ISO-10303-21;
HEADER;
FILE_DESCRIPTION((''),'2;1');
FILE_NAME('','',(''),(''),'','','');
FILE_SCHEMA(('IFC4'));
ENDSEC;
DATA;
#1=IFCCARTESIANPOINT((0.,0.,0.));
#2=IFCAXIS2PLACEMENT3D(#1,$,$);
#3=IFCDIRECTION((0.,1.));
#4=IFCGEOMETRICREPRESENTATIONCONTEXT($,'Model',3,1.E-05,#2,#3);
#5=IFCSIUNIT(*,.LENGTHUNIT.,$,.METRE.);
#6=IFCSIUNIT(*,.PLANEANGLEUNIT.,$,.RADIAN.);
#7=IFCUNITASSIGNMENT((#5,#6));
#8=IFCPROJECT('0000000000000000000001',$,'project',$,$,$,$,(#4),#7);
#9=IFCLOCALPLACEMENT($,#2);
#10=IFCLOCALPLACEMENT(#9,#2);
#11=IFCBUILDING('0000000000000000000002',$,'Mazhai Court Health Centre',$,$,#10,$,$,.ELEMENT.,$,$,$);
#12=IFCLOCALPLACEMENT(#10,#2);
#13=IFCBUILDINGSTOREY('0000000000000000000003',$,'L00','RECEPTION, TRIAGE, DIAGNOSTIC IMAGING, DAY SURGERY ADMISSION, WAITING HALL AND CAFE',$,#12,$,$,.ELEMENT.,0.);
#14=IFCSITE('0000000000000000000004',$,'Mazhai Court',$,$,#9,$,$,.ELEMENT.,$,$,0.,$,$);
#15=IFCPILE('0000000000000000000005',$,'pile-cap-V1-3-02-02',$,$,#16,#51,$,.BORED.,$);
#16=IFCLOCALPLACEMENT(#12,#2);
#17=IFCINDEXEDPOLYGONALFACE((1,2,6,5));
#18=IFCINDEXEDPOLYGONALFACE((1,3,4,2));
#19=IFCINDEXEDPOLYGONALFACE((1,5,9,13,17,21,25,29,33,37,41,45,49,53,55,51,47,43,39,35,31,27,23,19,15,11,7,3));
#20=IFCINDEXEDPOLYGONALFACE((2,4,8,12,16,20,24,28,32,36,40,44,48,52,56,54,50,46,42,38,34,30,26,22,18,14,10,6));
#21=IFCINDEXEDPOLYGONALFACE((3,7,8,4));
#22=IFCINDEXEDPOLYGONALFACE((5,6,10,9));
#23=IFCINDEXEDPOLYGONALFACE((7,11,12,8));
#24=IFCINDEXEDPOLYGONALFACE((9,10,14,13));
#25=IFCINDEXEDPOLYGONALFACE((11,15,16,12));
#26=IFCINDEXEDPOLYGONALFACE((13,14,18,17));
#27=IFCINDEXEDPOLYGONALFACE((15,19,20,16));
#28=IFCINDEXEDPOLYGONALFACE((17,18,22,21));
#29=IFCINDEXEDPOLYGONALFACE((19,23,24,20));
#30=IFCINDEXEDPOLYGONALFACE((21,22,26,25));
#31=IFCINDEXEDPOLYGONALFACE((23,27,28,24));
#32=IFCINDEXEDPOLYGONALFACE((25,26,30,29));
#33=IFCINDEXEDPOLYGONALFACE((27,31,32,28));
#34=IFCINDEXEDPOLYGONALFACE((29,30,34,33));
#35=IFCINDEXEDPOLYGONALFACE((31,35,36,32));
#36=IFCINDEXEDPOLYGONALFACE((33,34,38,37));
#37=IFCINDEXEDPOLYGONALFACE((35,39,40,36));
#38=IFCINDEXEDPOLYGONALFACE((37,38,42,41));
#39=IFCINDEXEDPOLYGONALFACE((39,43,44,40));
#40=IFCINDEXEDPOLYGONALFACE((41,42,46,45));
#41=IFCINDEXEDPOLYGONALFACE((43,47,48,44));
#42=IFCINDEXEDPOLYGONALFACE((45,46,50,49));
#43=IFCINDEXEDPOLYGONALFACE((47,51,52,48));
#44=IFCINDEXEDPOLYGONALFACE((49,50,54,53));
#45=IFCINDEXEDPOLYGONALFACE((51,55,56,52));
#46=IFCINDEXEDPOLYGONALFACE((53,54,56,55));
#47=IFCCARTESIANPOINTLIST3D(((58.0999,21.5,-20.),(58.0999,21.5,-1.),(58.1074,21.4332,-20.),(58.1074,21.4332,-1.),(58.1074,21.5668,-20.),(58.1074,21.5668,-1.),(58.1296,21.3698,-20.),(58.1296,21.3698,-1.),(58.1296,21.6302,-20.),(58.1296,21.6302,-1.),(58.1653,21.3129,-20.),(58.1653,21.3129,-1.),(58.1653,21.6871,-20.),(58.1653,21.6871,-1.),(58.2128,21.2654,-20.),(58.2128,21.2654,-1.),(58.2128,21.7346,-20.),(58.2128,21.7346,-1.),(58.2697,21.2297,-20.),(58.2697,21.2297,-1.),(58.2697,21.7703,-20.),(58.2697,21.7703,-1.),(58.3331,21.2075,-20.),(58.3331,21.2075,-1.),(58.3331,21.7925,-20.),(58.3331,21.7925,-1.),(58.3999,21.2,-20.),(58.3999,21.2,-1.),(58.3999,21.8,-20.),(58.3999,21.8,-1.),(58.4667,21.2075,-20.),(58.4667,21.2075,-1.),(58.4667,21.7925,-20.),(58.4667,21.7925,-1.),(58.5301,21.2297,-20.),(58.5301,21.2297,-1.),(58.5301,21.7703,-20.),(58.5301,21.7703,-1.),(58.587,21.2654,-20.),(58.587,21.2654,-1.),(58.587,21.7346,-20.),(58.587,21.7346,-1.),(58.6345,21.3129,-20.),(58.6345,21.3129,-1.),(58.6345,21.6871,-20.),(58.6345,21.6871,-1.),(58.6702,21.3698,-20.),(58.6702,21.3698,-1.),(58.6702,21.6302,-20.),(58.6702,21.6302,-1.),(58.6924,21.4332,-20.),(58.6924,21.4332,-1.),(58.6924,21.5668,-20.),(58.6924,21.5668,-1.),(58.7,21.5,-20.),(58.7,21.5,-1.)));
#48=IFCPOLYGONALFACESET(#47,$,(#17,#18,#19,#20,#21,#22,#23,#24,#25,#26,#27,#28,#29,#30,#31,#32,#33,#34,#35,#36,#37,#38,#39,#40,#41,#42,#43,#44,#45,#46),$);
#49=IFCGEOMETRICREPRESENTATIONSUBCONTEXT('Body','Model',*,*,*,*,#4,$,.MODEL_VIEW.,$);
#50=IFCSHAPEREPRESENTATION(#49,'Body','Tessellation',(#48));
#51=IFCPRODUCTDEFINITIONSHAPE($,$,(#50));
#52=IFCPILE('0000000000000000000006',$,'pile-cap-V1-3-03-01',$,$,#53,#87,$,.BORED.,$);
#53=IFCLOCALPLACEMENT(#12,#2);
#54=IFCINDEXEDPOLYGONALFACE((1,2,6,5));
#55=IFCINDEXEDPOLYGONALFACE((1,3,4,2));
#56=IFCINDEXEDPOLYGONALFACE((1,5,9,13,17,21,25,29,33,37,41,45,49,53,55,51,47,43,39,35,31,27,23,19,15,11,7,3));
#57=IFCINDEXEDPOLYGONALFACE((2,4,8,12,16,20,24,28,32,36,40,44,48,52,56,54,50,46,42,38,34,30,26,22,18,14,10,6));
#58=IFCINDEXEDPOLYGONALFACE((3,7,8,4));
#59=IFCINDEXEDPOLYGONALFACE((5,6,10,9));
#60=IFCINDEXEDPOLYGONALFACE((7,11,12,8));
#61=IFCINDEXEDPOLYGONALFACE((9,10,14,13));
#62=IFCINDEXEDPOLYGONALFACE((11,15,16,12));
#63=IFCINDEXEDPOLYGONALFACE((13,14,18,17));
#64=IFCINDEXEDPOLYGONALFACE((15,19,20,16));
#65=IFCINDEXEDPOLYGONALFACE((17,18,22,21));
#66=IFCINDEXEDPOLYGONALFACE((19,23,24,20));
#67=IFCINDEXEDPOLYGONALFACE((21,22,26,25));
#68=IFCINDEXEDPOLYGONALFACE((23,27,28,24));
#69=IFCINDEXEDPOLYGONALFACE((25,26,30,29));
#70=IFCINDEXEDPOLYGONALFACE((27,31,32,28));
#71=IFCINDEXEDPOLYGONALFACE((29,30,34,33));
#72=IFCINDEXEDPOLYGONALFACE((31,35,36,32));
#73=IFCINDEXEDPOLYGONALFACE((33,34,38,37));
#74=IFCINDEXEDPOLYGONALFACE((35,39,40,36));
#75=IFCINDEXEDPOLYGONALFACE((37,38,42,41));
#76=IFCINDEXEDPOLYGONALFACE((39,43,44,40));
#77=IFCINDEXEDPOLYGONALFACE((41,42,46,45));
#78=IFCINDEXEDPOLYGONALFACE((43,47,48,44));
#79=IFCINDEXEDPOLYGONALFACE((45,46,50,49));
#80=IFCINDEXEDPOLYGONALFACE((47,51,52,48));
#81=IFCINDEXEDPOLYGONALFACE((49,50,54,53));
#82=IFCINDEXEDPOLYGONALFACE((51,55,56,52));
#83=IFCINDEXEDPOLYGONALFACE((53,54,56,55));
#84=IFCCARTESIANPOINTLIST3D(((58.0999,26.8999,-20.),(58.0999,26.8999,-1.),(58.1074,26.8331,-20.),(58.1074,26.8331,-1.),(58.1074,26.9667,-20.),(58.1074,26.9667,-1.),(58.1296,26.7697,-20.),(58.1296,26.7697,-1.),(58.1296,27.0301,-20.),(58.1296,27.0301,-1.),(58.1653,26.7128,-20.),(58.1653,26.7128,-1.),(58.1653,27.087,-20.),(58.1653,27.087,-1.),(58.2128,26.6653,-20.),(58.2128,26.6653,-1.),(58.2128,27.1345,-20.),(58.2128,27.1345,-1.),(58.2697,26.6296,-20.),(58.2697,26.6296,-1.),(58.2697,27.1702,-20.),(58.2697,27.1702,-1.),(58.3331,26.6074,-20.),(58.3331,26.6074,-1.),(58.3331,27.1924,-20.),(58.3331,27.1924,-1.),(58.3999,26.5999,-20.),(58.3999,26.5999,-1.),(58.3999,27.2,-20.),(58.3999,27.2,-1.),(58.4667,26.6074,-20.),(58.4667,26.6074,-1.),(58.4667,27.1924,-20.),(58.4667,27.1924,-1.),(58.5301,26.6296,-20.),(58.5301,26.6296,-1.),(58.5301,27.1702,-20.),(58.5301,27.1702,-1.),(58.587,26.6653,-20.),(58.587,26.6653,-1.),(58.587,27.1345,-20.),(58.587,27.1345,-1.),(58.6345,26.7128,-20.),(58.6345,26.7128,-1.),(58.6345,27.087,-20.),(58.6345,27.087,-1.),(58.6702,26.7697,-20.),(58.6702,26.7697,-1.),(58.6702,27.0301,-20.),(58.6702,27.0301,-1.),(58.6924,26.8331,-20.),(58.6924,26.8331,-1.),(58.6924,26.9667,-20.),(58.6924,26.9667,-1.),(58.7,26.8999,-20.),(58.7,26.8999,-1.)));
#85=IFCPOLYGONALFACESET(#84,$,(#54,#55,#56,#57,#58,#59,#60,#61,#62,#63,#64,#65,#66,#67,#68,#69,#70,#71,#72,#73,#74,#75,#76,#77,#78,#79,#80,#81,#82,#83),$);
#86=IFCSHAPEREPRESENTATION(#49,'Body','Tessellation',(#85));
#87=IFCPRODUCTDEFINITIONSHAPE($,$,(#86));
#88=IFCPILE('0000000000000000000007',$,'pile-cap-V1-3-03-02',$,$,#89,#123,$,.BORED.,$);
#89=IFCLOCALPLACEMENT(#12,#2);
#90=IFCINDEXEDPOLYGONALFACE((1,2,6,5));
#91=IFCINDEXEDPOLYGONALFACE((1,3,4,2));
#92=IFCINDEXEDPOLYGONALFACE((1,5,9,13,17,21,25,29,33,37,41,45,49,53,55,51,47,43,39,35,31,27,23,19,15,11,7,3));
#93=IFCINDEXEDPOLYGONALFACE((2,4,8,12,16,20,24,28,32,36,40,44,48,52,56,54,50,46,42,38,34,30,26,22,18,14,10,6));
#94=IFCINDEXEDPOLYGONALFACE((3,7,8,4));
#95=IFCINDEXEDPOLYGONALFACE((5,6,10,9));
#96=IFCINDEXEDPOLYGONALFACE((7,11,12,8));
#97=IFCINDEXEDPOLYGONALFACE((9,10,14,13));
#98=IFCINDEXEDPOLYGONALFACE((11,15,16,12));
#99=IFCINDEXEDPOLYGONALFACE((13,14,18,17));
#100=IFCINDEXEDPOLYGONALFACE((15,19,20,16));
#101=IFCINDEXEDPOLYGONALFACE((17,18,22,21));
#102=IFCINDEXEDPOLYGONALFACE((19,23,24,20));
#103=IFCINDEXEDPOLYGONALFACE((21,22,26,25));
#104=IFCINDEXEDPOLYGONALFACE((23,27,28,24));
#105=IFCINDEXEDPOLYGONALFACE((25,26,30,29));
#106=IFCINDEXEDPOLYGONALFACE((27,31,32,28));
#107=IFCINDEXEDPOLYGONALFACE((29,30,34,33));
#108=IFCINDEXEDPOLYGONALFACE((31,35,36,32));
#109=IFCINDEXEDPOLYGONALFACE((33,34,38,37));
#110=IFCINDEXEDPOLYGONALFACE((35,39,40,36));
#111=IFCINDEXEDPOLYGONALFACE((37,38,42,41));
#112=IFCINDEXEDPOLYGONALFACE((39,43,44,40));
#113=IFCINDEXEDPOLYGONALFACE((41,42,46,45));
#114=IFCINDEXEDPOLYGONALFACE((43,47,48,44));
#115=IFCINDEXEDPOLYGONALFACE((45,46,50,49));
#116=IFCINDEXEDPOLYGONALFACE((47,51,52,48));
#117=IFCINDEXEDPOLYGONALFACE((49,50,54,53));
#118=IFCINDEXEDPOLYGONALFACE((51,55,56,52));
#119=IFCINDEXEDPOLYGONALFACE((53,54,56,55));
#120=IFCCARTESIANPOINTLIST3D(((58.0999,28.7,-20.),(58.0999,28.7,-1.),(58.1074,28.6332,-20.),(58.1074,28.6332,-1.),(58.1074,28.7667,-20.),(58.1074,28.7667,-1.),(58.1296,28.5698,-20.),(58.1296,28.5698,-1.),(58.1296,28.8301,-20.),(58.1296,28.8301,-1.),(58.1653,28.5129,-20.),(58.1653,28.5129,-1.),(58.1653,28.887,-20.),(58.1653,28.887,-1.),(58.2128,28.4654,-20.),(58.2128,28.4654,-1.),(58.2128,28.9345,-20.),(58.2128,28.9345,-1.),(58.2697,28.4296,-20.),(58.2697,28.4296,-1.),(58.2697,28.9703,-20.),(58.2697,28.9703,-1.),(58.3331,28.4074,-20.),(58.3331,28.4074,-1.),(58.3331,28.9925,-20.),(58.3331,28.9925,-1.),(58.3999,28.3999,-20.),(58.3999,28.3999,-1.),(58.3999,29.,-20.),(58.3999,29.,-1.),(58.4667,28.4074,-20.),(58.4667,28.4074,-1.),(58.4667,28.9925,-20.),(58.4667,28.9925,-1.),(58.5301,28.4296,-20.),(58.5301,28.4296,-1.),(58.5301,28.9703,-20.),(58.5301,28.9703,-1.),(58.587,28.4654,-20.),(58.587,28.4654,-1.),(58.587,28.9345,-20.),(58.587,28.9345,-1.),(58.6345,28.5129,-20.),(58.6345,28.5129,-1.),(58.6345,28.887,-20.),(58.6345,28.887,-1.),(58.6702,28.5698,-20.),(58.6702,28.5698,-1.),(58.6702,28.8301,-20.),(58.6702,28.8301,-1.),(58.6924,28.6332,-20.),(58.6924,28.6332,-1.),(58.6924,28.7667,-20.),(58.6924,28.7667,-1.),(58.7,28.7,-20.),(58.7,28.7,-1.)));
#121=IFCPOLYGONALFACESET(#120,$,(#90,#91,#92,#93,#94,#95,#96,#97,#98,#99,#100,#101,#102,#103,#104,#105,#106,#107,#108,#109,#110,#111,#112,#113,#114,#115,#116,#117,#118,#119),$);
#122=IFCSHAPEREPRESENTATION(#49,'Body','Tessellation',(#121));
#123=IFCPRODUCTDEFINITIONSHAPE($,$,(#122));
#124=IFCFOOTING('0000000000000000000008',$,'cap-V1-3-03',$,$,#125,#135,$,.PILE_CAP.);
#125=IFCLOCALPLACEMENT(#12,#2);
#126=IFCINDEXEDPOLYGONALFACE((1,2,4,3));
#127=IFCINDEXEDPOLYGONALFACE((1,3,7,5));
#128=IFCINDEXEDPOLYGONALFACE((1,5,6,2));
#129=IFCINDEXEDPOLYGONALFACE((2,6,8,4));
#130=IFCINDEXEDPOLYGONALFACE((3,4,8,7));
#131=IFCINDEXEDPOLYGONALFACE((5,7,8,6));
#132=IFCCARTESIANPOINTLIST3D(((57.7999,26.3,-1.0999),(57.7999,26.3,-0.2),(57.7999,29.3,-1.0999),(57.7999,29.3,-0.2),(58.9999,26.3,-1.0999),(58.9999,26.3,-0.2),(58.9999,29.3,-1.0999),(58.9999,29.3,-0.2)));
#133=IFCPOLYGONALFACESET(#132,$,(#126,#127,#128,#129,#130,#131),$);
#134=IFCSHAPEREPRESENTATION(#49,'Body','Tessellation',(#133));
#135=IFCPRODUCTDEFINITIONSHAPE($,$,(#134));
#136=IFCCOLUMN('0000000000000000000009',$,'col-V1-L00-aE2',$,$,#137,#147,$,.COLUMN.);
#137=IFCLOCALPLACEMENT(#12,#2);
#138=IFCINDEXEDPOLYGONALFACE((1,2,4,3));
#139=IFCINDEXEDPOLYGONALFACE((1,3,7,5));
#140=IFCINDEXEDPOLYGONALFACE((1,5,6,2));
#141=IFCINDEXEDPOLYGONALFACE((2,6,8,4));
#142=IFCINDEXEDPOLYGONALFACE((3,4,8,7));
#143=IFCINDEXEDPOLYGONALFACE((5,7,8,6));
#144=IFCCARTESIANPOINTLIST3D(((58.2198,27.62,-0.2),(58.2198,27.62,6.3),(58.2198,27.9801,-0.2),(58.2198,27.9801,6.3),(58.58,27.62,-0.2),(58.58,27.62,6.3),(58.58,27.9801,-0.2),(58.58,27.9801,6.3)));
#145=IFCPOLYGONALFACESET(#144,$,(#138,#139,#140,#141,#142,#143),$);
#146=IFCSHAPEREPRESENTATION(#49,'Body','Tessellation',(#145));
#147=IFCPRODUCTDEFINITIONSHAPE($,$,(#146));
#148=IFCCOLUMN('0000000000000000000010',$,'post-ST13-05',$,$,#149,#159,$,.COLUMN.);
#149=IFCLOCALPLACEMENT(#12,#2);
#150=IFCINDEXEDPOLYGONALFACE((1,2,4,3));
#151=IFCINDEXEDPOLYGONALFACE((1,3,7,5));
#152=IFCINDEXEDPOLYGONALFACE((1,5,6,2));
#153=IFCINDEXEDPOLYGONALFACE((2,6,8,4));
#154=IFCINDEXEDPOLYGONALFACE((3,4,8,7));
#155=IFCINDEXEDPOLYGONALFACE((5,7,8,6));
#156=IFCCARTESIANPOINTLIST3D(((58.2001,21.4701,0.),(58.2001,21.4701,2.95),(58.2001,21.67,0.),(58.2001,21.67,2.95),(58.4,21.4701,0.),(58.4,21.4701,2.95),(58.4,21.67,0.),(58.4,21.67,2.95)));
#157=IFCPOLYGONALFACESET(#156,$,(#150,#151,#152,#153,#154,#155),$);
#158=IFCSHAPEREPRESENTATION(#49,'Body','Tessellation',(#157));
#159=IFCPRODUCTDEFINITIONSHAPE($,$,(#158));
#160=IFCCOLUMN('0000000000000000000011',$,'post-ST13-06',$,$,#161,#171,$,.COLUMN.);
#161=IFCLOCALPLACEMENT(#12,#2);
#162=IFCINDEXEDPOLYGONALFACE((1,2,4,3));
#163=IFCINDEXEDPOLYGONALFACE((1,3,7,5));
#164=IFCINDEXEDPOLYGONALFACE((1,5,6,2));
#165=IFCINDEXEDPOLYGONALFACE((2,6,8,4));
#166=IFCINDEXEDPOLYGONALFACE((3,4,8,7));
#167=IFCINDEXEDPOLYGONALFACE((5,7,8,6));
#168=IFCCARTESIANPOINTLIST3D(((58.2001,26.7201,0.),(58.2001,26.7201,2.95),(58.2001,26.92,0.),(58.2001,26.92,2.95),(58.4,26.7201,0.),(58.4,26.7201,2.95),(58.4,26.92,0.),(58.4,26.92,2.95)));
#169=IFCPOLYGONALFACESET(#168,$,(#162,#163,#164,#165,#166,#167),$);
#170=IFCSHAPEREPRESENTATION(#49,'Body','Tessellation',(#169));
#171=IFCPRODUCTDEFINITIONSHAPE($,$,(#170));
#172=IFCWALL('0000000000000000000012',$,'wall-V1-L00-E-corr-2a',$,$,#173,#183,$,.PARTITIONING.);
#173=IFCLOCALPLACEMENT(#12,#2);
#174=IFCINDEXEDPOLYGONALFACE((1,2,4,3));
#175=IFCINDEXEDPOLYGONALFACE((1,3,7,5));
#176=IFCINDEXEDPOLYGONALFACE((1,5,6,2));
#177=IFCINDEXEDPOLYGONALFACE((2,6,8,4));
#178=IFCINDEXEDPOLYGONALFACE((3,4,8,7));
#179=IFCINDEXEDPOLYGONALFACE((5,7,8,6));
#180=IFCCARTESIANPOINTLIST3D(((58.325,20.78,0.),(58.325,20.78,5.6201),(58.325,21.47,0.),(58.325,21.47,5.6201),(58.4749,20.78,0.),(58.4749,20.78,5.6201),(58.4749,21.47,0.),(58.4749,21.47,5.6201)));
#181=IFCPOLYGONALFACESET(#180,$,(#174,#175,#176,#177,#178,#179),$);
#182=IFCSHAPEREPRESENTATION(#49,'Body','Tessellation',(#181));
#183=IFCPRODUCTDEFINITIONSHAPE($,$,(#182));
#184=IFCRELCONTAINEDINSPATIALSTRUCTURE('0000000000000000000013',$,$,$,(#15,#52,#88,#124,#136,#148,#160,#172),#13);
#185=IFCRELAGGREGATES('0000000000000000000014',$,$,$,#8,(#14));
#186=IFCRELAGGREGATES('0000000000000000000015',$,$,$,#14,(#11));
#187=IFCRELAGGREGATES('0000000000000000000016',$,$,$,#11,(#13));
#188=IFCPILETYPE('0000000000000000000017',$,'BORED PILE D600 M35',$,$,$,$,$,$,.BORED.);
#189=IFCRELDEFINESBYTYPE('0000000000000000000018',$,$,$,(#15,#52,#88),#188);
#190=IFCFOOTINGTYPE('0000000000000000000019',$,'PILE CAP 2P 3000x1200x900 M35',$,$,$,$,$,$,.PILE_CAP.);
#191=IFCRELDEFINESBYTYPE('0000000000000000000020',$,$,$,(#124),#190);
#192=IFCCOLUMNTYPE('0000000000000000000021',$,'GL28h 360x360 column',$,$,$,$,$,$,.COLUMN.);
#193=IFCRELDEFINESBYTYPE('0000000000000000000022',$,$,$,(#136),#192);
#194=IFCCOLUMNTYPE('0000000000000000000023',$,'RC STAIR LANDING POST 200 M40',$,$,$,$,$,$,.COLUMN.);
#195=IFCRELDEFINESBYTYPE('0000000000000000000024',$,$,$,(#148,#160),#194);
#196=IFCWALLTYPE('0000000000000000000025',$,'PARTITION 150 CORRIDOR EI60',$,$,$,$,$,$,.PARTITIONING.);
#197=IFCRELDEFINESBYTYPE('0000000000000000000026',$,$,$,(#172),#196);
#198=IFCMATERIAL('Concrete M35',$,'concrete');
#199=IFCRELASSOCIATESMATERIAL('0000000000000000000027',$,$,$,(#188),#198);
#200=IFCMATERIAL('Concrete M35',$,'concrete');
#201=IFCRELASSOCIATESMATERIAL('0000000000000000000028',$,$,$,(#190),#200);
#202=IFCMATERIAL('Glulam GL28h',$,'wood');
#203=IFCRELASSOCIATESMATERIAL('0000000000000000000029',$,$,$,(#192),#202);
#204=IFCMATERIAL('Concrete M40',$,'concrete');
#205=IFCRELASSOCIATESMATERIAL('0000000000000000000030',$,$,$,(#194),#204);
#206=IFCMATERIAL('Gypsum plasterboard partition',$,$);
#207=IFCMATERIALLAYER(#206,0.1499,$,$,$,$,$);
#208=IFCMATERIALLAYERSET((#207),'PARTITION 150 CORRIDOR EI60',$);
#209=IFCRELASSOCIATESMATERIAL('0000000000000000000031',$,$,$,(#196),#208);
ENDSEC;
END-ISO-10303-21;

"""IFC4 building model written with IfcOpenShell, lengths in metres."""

from ifc_helpers import new_model, si_unit, direction, frame, frame_2d, origin, origin_2d, place, context, subcontext, project, spatial, rectangle, circle, extrude, material, layer, layer_set, material_profile, profile_set, type_object, element, save


model = new_model("IFC4")

# Units and contexts
model_context = context("Model", 3, precision=1e-05, world=origin(), true_north=direction((0.0, 1.0)))
body_context = subcontext(model_context, "Body", "Model", "MODEL_VIEW")
ifc_project = project(units=[si_unit("LENGTHUNIT", "METRE"), si_unit("PLANEANGLEUNIT", "RADIAN")], contexts=[model_context])

# Site, building, storey
site_placement = place(None, origin())
site = spatial("IfcSite", under=ifc_project, at=site_placement, Name="Mazhai Court", CompositionType="ELEMENT", RefElevation=0.0)
building_placement = place(site_placement, origin())
building = spatial("IfcBuilding", under=site, at=building_placement, Name="Mazhai Court Health Centre", CompositionType="ELEMENT")
storey_placement = place(building_placement, origin())
storey = spatial("IfcBuildingStorey", under=building, at=storey_placement, Name="L00", Description="RECEPTION, TRIAGE, DIAGNOSTIC IMAGING, DAY SURGERY ADMISSION, WAITING HALL AND CAFE", CompositionType="ELEMENT", Elevation=0.0)

# Piles
ifc_material_1 = material(Name="Concrete M35", Category="concrete")
ifc_material_profile_1 = material_profile(ifc_material_1, circle(Radius=0.3, at=origin_2d()), Name="RC PILE D600")
ifc_profile_set_1 = profile_set([ifc_material_profile_1], Name="Concrete M35")
pile_type = type_object("IfcPileType", Name="BORED PILE D600 M35", PredefinedType="BORED", material=ifc_profile_set_1)
for number, where, z_axis, x_axis, name in (
    (1, (58.3999, 21.5, -1.0), (0.0, 0.0, -1.0), (1.0, 0.0, 0.0), "pile-cap-V1-3-02-02"),
    (2, (58.3999, 26.8999, -1.0), (0.0, 0.0, -1.0), (1.0, 0.0, 0.0), "pile-cap-V1-3-03-01"),
    (3, (58.3999, 28.7, -1.0), (0.0, 0.0, -1.0), (1.0, 0.0, 0.0), "pile-cap-V1-3-03-02"),
):
    element("IfcPile", number, at=place(storey_placement, frame(where, z_axis=z_axis, x_axis=x_axis)), inside=storey, type_object=pile_type, Name=name, PredefinedType="BORED", context=body_context, shape_type="SweptSolid", body=[
        extrude(circle(Radius=0.3, at=origin_2d()), origin(), (0.0, 0.0, 1.0), 19.0),
    ])

# Footing
ifc_material_2 = material(Name="Concrete M35", Category="concrete")
footing_type = type_object("IfcFootingType", Name="PILE CAP 2P 3000x1200x900 M35", PredefinedType="PILE_CAP", material=ifc_material_2)
footing_placement = place(storey_placement, frame((58.3999, 27.8, -1.0999), z_axis=(0.0, 0.0, 1.0), x_axis=(1.0, 0.0, 0.0)))
element("IfcFooting", 4, at=footing_placement, inside=storey, type_object=footing_type, Name="cap-V1-3-03", PredefinedType="PILE_CAP", context=body_context, shape_type="SweptSolid", body=[
    extrude(rectangle(XDim=1.2, YDim=3.0, at=origin_2d()), origin(), (0.0, 0.0, 1.0), 0.8999),
])

# Columns
ifc_material_3 = material(Name="Glulam GL28h", Category="wood")
ifc_material_profile_2 = material_profile(ifc_material_3, rectangle(XDim=0.3601, YDim=0.3601, at=origin_2d()), Name="GL28h 360x360")
ifc_profile_set_2 = profile_set([ifc_material_profile_2], Name="Glulam GL28h")
column_type_1 = type_object("IfcColumnType", Name="GL28h 360x360 column", PredefinedType="COLUMN", material=ifc_profile_set_2)
column_placement = place(storey_placement, frame((58.3999, 27.8, -0.2), z_axis=(0.0, 0.0, 1.0), x_axis=(1.0, 0.0, 0.0)))
element("IfcColumn", 5, at=column_placement, inside=storey, type_object=column_type_1, Name="col-V1-L00-aE2", PredefinedType="COLUMN", context=body_context, shape_type="SweptSolid", body=[
    extrude(rectangle(XDim=0.3601, YDim=0.3601, at=origin_2d()), origin(), (0.0, 0.0, 1.0), 6.5),
])
ifc_material_4 = material(Name="Concrete M40", Category="concrete")
ifc_material_profile_3 = material_profile(ifc_material_4, rectangle(XDim=0.2, YDim=0.2, at=origin_2d()), Name="RC 200x200")
ifc_profile_set_3 = profile_set([ifc_material_profile_3], Name="Concrete M40")
column_type_2 = type_object("IfcColumnType", Name="RC STAIR LANDING POST 200 M40", PredefinedType="COLUMN", material=ifc_profile_set_3)
for number, where, z_axis, x_axis, name in (
    (6, (58.3, 21.5701, 0.0), (0.0, 0.0, 1.0), (1.0, 0.0, 0.0), "post-ST13-05"),
    (7, (58.3, 26.8201, 0.0), (0.0, 0.0, 1.0), (1.0, 0.0, 0.0), "post-ST13-06"),
):
    element("IfcColumn", number, at=place(storey_placement, frame(where, z_axis=z_axis, x_axis=x_axis)), inside=storey, type_object=column_type_2, Name=name, PredefinedType="COLUMN", context=body_context, shape_type="SweptSolid", body=[
        extrude(rectangle(XDim=0.2, YDim=0.2, at=origin_2d()), origin(), (0.0, 0.0, 1.0), 2.95),
    ])

# Wall
ifc_material_5 = material(Name="Gypsum plasterboard partition")
ifc_layer = layer(ifc_material_5, 0.1499)
ifc_layer_set = layer_set([ifc_layer], Name="PARTITION 150 CORRIDOR EI60")
wall_type = type_object("IfcWallType", Name="PARTITION 150 CORRIDOR EI60", PredefinedType="PARTITIONING", material=ifc_layer_set)
wall_1_placement = place(storey_placement, frame((58.3999, 21.47, 0.0), z_axis=(0.0, 0.0, 1.0), x_axis=(0.0, -1.0, 0.0)))
element("IfcWall", 8, at=wall_1_placement, inside=storey, type_object=wall_type, Name="wall-V1-L00-E-corr-2a", PredefinedType="PARTITIONING", context=body_context, shape_type="SweptSolid", body=[
    extrude(rectangle(XDim=0.6899, YDim=0.1499, at=frame_2d((0.345, 0.0))), origin(), (0.0, 0.0, 1.0), 5.6201),
])

save(model, "model.ifc")
